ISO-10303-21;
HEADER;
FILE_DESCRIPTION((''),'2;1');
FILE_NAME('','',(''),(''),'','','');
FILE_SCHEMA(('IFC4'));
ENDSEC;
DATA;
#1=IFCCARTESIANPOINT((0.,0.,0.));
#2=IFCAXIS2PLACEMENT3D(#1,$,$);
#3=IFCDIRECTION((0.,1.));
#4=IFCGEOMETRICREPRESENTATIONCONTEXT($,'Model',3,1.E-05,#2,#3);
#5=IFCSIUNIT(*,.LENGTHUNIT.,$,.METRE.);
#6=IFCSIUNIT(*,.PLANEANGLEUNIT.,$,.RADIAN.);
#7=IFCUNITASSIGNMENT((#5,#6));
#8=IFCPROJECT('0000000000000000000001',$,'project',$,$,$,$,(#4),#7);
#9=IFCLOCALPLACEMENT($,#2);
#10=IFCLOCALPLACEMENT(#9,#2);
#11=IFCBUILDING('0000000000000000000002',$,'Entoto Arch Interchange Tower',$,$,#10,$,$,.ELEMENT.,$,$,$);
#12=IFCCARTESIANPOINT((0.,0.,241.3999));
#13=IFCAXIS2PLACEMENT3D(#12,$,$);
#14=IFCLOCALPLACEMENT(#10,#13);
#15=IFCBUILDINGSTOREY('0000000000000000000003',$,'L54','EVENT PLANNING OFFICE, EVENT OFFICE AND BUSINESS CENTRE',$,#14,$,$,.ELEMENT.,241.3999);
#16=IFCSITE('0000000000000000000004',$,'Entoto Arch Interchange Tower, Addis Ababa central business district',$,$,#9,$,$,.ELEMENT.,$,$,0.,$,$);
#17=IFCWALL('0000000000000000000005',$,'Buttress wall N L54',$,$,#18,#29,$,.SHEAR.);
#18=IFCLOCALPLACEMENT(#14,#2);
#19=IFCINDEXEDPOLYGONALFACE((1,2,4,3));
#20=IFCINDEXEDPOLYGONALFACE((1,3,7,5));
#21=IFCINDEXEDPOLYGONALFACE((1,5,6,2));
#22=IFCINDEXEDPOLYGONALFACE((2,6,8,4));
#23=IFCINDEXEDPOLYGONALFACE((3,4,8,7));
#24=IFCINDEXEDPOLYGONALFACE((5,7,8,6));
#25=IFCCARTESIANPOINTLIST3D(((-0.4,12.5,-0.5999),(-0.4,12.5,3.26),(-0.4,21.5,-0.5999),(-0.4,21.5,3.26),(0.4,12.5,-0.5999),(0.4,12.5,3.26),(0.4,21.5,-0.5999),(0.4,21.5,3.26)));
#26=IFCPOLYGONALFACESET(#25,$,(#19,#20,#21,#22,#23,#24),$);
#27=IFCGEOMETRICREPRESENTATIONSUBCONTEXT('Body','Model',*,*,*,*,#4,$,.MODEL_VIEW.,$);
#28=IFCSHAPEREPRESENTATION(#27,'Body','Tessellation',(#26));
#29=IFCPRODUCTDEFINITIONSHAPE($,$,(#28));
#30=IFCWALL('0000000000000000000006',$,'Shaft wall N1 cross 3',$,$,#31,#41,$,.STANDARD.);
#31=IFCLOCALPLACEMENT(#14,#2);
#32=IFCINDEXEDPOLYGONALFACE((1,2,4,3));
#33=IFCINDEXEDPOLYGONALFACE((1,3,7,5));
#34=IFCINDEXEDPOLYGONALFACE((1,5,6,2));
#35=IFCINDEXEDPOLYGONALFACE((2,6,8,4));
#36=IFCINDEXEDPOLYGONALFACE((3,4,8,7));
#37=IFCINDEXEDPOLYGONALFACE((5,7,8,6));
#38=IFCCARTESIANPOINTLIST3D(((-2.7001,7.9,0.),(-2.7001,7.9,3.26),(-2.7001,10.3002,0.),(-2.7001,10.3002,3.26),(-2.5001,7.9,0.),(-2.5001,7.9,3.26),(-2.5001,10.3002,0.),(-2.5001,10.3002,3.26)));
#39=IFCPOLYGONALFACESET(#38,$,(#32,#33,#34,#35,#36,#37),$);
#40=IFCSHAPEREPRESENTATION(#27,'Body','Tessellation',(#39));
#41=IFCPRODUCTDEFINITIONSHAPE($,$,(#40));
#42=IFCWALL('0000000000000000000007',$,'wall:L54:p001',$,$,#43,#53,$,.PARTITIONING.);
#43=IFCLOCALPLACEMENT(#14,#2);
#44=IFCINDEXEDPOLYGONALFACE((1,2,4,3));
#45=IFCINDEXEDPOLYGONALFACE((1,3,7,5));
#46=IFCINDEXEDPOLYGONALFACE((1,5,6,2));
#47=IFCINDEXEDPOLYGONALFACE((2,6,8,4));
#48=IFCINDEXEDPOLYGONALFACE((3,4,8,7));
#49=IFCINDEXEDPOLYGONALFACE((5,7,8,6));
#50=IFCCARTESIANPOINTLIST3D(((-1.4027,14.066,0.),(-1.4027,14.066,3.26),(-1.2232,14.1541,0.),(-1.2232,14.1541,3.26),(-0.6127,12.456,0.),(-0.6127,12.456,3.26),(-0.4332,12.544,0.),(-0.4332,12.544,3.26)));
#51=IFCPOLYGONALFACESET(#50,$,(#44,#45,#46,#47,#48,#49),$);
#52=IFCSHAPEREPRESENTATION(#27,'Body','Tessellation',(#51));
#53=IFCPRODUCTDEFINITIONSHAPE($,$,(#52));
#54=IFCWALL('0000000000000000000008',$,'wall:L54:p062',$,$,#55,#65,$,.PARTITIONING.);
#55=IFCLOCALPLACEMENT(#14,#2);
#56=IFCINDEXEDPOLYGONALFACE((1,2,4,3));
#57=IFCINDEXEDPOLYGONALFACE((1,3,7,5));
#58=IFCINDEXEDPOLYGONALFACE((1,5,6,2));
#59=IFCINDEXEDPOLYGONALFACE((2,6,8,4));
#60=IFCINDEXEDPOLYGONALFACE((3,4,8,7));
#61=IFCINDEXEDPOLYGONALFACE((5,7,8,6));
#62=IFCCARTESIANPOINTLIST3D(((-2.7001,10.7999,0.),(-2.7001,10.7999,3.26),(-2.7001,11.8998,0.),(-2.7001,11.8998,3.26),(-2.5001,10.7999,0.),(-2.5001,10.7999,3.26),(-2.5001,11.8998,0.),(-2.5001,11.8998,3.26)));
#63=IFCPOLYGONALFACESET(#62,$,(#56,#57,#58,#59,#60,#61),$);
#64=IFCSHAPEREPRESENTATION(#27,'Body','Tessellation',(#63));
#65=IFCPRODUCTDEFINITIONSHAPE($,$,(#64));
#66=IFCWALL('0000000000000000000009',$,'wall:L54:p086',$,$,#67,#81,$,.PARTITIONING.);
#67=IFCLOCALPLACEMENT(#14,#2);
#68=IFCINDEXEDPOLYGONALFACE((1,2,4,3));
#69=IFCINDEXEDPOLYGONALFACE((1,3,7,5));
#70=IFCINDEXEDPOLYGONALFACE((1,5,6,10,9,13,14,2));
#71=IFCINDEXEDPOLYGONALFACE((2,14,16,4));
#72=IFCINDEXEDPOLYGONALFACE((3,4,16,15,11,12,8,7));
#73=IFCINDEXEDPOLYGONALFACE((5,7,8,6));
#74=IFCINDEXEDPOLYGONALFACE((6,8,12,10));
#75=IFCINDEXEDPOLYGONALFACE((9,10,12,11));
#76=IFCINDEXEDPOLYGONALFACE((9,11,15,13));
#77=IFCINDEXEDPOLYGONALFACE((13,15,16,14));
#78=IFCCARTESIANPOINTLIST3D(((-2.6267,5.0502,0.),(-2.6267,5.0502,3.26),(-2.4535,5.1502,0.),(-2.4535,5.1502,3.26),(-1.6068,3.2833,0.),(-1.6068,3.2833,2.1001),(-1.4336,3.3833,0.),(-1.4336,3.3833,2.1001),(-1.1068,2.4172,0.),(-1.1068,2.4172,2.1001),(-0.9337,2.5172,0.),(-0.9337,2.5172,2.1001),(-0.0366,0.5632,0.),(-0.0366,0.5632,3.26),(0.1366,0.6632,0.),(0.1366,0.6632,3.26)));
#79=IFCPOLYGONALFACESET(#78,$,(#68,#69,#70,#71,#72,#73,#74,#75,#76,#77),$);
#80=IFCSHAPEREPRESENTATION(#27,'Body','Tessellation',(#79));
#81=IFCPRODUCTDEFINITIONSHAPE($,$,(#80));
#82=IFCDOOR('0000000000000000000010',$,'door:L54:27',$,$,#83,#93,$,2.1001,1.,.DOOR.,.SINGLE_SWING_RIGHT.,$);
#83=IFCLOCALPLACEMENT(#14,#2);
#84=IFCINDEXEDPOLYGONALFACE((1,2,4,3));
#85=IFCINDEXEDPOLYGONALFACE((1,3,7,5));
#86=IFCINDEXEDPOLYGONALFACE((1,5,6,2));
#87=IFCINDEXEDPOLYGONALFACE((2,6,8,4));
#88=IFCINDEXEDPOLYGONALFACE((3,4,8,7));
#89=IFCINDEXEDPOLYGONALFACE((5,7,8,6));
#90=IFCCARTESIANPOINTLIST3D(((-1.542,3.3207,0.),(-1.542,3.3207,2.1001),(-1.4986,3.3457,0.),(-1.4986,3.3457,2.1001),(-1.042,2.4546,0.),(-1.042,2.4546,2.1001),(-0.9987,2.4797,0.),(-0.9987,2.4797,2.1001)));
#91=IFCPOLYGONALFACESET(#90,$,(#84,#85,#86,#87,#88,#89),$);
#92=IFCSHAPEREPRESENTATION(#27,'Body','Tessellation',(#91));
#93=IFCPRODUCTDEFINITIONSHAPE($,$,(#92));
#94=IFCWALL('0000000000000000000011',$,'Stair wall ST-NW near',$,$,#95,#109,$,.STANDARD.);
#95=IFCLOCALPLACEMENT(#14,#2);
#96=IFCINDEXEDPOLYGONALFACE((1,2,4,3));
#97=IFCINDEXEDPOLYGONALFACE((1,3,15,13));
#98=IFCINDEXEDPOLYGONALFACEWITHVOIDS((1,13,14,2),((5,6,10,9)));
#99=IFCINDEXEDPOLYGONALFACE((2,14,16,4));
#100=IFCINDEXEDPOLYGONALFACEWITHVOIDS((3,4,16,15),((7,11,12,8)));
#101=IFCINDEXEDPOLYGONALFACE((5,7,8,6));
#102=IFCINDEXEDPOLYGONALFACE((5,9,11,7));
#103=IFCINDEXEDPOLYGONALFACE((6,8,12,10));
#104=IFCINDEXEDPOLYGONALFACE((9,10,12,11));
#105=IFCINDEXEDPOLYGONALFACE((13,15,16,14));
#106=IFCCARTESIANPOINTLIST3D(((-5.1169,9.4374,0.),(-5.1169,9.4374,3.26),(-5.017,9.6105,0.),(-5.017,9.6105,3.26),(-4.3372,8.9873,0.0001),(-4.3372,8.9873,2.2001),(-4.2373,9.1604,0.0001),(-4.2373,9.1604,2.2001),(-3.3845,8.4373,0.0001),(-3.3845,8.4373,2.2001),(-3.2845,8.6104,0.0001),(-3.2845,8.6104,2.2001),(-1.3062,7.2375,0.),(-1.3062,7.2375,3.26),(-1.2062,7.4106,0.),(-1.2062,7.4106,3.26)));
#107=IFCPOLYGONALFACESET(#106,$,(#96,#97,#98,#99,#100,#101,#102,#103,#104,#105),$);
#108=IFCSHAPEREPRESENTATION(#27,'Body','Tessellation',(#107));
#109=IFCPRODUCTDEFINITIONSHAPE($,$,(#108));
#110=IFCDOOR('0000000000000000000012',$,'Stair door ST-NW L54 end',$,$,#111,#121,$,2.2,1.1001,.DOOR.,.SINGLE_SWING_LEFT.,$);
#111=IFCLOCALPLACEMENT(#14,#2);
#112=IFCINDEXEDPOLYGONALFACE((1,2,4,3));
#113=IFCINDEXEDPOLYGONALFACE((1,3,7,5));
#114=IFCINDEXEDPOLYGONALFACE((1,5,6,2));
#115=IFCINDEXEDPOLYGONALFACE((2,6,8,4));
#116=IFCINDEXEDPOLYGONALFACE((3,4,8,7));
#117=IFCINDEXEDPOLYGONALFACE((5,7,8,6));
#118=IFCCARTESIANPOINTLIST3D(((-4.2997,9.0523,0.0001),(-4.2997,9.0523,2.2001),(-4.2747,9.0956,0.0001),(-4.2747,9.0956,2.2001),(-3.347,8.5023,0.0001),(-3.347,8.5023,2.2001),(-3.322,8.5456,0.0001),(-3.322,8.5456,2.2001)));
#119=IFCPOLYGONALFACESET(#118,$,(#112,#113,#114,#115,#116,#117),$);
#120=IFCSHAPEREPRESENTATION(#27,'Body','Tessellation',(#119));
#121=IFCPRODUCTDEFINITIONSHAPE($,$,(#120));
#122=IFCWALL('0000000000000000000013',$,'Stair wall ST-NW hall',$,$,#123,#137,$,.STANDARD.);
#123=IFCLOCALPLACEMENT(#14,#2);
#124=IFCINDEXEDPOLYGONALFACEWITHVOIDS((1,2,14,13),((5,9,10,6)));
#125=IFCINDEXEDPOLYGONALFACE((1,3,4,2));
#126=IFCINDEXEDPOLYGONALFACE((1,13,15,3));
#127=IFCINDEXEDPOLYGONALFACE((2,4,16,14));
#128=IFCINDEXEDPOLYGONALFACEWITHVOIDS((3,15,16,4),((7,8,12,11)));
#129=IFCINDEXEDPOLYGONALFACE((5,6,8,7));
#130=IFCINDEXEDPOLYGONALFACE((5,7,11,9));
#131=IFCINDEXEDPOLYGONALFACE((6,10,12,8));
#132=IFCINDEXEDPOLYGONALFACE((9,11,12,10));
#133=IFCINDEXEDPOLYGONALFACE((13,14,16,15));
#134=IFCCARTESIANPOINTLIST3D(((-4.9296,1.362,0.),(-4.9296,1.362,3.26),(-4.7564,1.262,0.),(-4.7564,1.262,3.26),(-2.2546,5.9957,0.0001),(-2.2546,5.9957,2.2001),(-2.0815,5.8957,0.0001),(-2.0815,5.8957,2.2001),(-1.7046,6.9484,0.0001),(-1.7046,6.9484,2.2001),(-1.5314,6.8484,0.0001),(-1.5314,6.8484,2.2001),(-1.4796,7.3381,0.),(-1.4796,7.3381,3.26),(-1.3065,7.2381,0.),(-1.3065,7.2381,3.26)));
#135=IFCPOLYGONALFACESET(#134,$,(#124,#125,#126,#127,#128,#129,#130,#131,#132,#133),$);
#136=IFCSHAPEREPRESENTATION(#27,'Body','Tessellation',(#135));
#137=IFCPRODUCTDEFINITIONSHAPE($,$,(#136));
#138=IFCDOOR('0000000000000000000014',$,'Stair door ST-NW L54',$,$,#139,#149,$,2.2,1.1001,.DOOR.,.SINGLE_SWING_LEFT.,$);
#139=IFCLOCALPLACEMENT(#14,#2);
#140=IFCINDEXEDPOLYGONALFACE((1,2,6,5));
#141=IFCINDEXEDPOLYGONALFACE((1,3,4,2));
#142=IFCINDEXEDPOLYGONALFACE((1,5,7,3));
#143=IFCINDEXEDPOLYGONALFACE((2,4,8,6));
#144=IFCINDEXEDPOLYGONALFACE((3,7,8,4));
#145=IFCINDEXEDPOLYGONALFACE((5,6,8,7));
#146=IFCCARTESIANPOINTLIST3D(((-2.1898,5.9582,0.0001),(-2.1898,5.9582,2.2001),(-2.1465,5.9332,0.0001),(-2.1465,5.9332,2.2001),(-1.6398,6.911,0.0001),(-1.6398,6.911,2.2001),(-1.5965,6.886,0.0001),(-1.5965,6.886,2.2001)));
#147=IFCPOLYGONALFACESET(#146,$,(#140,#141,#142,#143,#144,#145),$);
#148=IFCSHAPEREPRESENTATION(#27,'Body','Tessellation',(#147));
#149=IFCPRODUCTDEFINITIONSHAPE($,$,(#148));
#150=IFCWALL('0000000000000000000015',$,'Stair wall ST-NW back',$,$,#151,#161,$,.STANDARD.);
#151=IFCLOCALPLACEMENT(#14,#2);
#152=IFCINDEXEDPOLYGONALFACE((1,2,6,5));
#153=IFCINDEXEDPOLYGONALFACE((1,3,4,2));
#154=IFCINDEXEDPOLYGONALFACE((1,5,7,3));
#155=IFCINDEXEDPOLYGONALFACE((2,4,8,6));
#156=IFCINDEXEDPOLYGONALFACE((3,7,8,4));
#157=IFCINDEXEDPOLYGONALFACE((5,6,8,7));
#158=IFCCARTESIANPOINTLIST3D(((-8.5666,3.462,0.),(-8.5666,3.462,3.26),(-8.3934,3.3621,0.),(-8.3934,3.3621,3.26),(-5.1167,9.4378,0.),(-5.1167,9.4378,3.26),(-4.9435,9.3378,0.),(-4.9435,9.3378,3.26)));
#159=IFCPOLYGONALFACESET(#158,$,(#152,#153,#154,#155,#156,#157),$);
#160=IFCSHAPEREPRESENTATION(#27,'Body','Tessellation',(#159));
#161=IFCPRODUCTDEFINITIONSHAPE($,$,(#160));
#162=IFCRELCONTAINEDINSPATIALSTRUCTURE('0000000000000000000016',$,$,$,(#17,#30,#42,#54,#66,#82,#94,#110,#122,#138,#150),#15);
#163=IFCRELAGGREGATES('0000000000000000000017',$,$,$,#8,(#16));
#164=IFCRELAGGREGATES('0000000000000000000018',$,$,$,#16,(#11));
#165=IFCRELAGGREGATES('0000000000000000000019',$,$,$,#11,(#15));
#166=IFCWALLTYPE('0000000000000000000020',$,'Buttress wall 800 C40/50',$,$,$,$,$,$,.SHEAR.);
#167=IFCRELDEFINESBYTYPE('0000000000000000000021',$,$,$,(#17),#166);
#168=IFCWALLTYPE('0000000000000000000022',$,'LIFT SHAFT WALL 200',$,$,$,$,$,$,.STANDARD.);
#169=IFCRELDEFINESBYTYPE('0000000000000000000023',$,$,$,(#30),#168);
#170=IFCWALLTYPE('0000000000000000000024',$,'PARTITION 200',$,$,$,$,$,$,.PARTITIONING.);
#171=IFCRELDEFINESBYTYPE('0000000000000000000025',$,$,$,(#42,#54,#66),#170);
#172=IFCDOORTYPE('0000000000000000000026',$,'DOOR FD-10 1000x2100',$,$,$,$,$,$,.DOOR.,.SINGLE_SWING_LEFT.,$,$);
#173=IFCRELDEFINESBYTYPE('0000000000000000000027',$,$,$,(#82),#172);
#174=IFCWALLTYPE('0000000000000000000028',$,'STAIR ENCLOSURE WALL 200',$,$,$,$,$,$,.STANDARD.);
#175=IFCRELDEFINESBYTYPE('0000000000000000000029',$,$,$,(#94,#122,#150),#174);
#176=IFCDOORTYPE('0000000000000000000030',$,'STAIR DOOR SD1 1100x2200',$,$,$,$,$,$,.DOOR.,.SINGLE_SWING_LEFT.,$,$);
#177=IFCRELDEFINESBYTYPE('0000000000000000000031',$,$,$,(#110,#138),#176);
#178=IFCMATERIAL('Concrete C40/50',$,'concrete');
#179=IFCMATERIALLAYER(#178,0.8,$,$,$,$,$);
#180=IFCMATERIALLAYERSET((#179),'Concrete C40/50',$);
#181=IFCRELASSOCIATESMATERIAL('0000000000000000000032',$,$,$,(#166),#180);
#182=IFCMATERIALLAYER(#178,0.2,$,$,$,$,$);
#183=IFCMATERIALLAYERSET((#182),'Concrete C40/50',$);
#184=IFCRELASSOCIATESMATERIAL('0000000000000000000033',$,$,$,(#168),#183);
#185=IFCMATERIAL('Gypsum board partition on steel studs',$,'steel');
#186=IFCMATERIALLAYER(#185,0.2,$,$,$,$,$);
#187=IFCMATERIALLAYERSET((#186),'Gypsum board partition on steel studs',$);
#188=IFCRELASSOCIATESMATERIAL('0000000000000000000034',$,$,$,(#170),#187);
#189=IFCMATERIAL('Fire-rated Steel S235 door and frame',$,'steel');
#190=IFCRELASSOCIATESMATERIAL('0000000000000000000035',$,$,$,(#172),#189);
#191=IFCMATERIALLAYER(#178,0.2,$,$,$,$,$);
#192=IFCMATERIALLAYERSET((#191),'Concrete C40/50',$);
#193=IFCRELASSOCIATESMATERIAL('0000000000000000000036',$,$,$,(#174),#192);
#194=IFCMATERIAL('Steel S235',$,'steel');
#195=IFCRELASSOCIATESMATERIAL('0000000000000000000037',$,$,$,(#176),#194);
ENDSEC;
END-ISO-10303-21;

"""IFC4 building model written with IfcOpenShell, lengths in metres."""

from ifc_helpers import new_model, si_unit, direction, frame, frame_2d, origin, place, context, subcontext, project, spatial, rectangle, extrude, material, layer, layer_set, type_object, element, fill, save


model = new_model("IFC4")

# Units and contexts
model_context = context("Model", 3, precision=1e-05, world=origin(), true_north=direction((0.0, 1.0)))
body_context = subcontext(model_context, "Body", "Model", "MODEL_VIEW")
ifc_project = project(units=[si_unit("LENGTHUNIT", "METRE"), si_unit("PLANEANGLEUNIT", "RADIAN")], contexts=[model_context])

# Site, building, storey
site_placement = place(None, origin())
site = spatial("IfcSite", under=ifc_project, at=site_placement, Name="Entoto Arch Interchange Tower, Addis Ababa central business district", CompositionType="ELEMENT", RefElevation=0.0)
building_placement = place(site_placement, origin())
building = spatial("IfcBuilding", under=site, at=building_placement, Name="Entoto Arch Interchange Tower", CompositionType="ELEMENT")
storey_placement = place(building_placement, frame((0.0, 0.0, 241.3999)))
storey = spatial("IfcBuildingStorey", under=building, at=storey_placement, Name="L54", Description="EVENT PLANNING OFFICE, EVENT OFFICE AND BUSINESS CENTRE", CompositionType="ELEMENT", Elevation=241.3999)

# Walls
ifc_material_1 = material(Name="Concrete C40/50", Category="concrete")
ifc_layer_1 = layer(ifc_material_1, 0.8)
ifc_layer_set_1 = layer_set([ifc_layer_1], Name="Concrete C40/50")
wall_type_1 = type_object("IfcWallType", Name="Buttress wall 800 C40/50", PredefinedType="SHEAR", material=ifc_layer_set_1)
wall_1_placement = place(storey_placement, frame((0.0, 12.5, -0.5999), z_axis=(0.0, 0.0, 1.0), x_axis=(0.0, 1.0, 0.0)))
element("IfcWall", 1, at=wall_1_placement, inside=storey, type_object=wall_type_1, Name="Buttress wall N L54", PredefinedType="SHEAR", context=body_context, shape_type="SweptSolid", body=[
    extrude(rectangle(XDim=9.0, YDim=0.8, at=frame_2d((4.5, 0.0))), origin(), (0.0, 0.0, 1.0), 3.8599),
])
ifc_layer_2 = layer(ifc_material_1, 0.2)
ifc_layer_set_2 = layer_set([ifc_layer_2], Name="Concrete C40/50")
wall_type_2 = type_object("IfcWallType", Name="LIFT SHAFT WALL 200", PredefinedType="STANDARD", material=ifc_layer_set_2)
wall_2_placement = place(storey_placement, frame((-2.6001, 7.8999, 0.0), z_axis=(0.0, 0.0, 1.0), x_axis=(0.0, 1.0, 0.0)))
element("IfcWall", 2, at=wall_2_placement, inside=storey, type_object=wall_type_2, Name="Shaft wall N1 cross 3", PredefinedType="STANDARD", context=body_context, shape_type="SweptSolid", body=[
    extrude(rectangle(XDim=2.4001, YDim=0.2, at=frame_2d((1.2002, 0.0))), origin(), (0.0, 0.0, 1.0), 3.26),
])
ifc_material_2 = material(Name="Gypsum board partition on steel studs", Category="steel")
ifc_layer_3 = layer(ifc_material_2, 0.2)
ifc_layer_set_3 = layer_set([ifc_layer_3], Name="Gypsum board partition on steel studs")
wall_type_3 = type_object("IfcWallType", Name="PARTITION 200", PredefinedType="PARTITIONING", material=ifc_layer_set_3)
wall_3_placement = place(storey_placement, frame((-0.5229, 12.5, 0.0), z_axis=(0.0, 0.0, 1.0), x_axis=(-0.440504, 0.897751, 0.0)))
element("IfcWall", 3, at=wall_3_placement, inside=storey, type_object=wall_type_3, Name="wall:L54:p001", PredefinedType="PARTITIONING", context=body_context, shape_type="SweptSolid", body=[
    extrude(rectangle(XDim=1.7935, YDim=0.2, at=frame_2d((0.8967, 0.0))), origin(), (0.0, 0.0, 1.0), 3.26),
])
wall_4_placement = place(storey_placement, frame((-2.6001, 10.8, 0.0), z_axis=(0.0, 0.0, 1.0), x_axis=(0.0, 1.0, 0.0)))
element("IfcWall", 4, at=wall_4_placement, inside=storey, type_object=wall_type_3, Name="wall:L54:p062", PredefinedType="PARTITIONING", context=body_context, shape_type="SweptSolid", body=[
    extrude(rectangle(XDim=1.0999, YDim=0.2, at=frame_2d((0.5498, 0.0))), origin(), (0.0, 0.0, 1.0), 3.26),
])

# Walls, openings, doors
wall_5_placement = place(storey_placement, frame((-2.54, 5.1001, 0.0), z_axis=(0.0, 0.0, 1.0), x_axis=(0.499925, -0.866069, 0.0)))
wall_5 = element("IfcWall", 5, at=wall_5_placement, inside=storey, type_object=wall_type_3, Name="wall:L54:p086", PredefinedType="PARTITIONING", context=body_context, shape_type="SweptSolid", body=[
    extrude(rectangle(XDim=5.1809, YDim=0.2, at=frame_2d((2.5903, 0.0))), origin(), (0.0, 0.0, 1.0), 3.26),
])
opening_1_placement = place(wall_5_placement, frame((2.04, 0.0, 0.0)))
opening_1 = element("IfcOpeningElement", 6, at=opening_1_placement, cuts=wall_5, PredefinedType="OPENING", context=body_context, shape_type="SweptSolid", body=[
    extrude(rectangle(XDim=1.0, YDim=2.1001, at=frame_2d((0.5, 1.05))), frame((0.0, 0.1099, 0.0), z_axis=(0.0, -1.0, 0.0), x_axis=(1.0, 0.0, 0.0)), (0.0, 0.0, 1.0), 0.22),
])
ifc_material_3 = material(Name="Fire-rated Steel S235 door and frame", Category="steel")
door_type_1 = type_object("IfcDoorType", Name="DOOR FD-10 1000x2100", OperationType="SINGLE_SWING_LEFT", PredefinedType="DOOR", material=ifc_material_3)
door_1_placement = place(opening_1_placement, origin())
door_1 = element("IfcDoor", 7, at=door_1_placement, inside=storey, type_object=door_type_1, Name="door:L54:27", OperationType="SINGLE_SWING_RIGHT", OverallHeight=2.1001, OverallWidth=1.0, PredefinedType="DOOR", context=body_context, shape_type="SweptSolid", body=[
    extrude(rectangle(XDim=1.0, YDim=2.1001, at=frame_2d((0.5, 1.05))), frame((0.0, 0.0249, 0.0), z_axis=(0.0, -1.0, 0.0), x_axis=(1.0, 0.0, 0.0)), (0.0, 0.0, 1.0), 0.05),
])
fill(opening_1, door_1)
ifc_layer_4 = layer(ifc_material_1, 0.2)
ifc_layer_set_4 = layer_set([ifc_layer_4], Name="Concrete C40/50")
wall_type_4 = type_object("IfcWallType", Name="STAIR ENCLOSURE WALL 200", PredefinedType="STANDARD", material=ifc_layer_set_4)
wall_6_placement = place(storey_placement, frame((-1.2561, 7.324, 0.0), z_axis=(0.0, 0.0, 1.0), x_axis=(-0.866046, 0.499964, 0.0)))
wall_6 = element("IfcWall", 8, at=wall_6_placement, inside=storey, type_object=wall_type_4, Name="Stair wall ST-NW near", PredefinedType="STANDARD", context=body_context, shape_type="SweptSolid", body=[
    extrude(rectangle(XDim=4.4001, YDim=0.2, at=frame_2d((2.2002, 0.0))), origin(), (0.0, 0.0, 1.0), 3.26),
])
opening_2_placement = place(wall_6_placement, frame((2.3999, 0.0, 0.0)))
opening_2 = element("IfcOpeningElement", 9, at=opening_2_placement, cuts=wall_6, PredefinedType="OPENING", context=body_context, shape_type="SweptSolid", body=[
    extrude(rectangle(XDim=1.1001, YDim=2.2, at=frame_2d((0.55, 1.1001))), frame((0.0, 0.1099, 0.0), z_axis=(0.0, -1.0, 0.0), x_axis=(1.0, 0.0, 0.0)), (0.0, 0.0, 1.0), 0.22),
])
ifc_material_4 = material(Name="Steel S235", Category="steel")
door_type_2 = type_object("IfcDoorType", Name="STAIR DOOR SD1 1100x2200", OperationType="SINGLE_SWING_LEFT", PredefinedType="DOOR", material=ifc_material_4)
door_2_placement = place(opening_2_placement, origin())
door_2 = element("IfcDoor", 10, at=door_2_placement, inside=storey, type_object=door_type_2, Name="Stair door ST-NW L54 end", OperationType="SINGLE_SWING_LEFT", OverallHeight=2.2, OverallWidth=1.1001, PredefinedType="DOOR", context=body_context, shape_type="SweptSolid", body=[
    extrude(rectangle(XDim=1.1001, YDim=2.2, at=frame_2d((0.55, 1.1001))), frame((0.0, 0.0249, 0.0), z_axis=(0.0, -1.0, 0.0), x_axis=(1.0, 0.0, 0.0)), (0.0, 0.0, 1.0), 0.05),
])
fill(opening_2, door_2)
wall_7_placement = place(storey_placement, frame((-1.3931, 7.2881, 0.0), z_axis=(0.0, 0.0, 1.0), x_axis=(-0.499963, -0.866047, 0.0)))
wall_7 = element("IfcWall", 11, at=wall_7_placement, inside=storey, type_object=wall_type_4, Name="Stair wall ST-NW hall", PredefinedType="STANDARD", context=body_context, shape_type="SweptSolid", body=[
    extrude(rectangle(XDim=6.9004, YDim=0.2, at=frame_2d((3.4502, 0.0))), origin(), (0.0, 0.0, 1.0), 3.26),
])
opening_3_placement = place(wall_7_placement, frame((0.45, 0.0, 0.0)))
opening_3 = element("IfcOpeningElement", 12, at=opening_3_placement, cuts=wall_7, PredefinedType="OPENING", context=body_context, shape_type="SweptSolid", body=[
    extrude(rectangle(XDim=1.1001, YDim=2.2, at=frame_2d((0.55, 1.1001))), frame((0.0, 0.1099, 0.0), z_axis=(0.0, -1.0, 0.0), x_axis=(1.0, 0.0, 0.0)), (0.0, 0.0, 1.0), 0.22),
])
door_3_placement = place(opening_3_placement, origin())
door_3 = element("IfcDoor", 13, at=door_3_placement, inside=storey, type_object=door_type_2, Name="Stair door ST-NW L54", OperationType="SINGLE_SWING_LEFT", OverallHeight=2.2, OverallWidth=1.1001, PredefinedType="DOOR", context=body_context, shape_type="SweptSolid", body=[
    extrude(rectangle(XDim=1.1001, YDim=2.2, at=frame_2d((0.55, 1.1001))), frame((0.0, 0.0249, 0.0), z_axis=(0.0, -1.0, 0.0), x_axis=(1.0, 0.0, 0.0)), (0.0, 0.0, 1.0), 0.05),
])
fill(opening_3, door_3)

# Wall
wall_8_placement = place(storey_placement, frame((-5.03, 9.3879, 0.0), z_axis=(0.0, 0.0, 1.0), x_axis=(-0.499979, -0.866038, 0.0)))
element("IfcWall", 14, at=wall_8_placement, inside=storey, type_object=wall_type_4, Name="Stair wall ST-NW back", PredefinedType="STANDARD", context=body_context, shape_type="SweptSolid", body=[
    extrude(rectangle(XDim=6.9001, YDim=0.2, at=frame_2d((3.4502, 0.0))), origin(), (0.0, 0.0, 1.0), 3.26),
])

save(model, "model.ifc")
